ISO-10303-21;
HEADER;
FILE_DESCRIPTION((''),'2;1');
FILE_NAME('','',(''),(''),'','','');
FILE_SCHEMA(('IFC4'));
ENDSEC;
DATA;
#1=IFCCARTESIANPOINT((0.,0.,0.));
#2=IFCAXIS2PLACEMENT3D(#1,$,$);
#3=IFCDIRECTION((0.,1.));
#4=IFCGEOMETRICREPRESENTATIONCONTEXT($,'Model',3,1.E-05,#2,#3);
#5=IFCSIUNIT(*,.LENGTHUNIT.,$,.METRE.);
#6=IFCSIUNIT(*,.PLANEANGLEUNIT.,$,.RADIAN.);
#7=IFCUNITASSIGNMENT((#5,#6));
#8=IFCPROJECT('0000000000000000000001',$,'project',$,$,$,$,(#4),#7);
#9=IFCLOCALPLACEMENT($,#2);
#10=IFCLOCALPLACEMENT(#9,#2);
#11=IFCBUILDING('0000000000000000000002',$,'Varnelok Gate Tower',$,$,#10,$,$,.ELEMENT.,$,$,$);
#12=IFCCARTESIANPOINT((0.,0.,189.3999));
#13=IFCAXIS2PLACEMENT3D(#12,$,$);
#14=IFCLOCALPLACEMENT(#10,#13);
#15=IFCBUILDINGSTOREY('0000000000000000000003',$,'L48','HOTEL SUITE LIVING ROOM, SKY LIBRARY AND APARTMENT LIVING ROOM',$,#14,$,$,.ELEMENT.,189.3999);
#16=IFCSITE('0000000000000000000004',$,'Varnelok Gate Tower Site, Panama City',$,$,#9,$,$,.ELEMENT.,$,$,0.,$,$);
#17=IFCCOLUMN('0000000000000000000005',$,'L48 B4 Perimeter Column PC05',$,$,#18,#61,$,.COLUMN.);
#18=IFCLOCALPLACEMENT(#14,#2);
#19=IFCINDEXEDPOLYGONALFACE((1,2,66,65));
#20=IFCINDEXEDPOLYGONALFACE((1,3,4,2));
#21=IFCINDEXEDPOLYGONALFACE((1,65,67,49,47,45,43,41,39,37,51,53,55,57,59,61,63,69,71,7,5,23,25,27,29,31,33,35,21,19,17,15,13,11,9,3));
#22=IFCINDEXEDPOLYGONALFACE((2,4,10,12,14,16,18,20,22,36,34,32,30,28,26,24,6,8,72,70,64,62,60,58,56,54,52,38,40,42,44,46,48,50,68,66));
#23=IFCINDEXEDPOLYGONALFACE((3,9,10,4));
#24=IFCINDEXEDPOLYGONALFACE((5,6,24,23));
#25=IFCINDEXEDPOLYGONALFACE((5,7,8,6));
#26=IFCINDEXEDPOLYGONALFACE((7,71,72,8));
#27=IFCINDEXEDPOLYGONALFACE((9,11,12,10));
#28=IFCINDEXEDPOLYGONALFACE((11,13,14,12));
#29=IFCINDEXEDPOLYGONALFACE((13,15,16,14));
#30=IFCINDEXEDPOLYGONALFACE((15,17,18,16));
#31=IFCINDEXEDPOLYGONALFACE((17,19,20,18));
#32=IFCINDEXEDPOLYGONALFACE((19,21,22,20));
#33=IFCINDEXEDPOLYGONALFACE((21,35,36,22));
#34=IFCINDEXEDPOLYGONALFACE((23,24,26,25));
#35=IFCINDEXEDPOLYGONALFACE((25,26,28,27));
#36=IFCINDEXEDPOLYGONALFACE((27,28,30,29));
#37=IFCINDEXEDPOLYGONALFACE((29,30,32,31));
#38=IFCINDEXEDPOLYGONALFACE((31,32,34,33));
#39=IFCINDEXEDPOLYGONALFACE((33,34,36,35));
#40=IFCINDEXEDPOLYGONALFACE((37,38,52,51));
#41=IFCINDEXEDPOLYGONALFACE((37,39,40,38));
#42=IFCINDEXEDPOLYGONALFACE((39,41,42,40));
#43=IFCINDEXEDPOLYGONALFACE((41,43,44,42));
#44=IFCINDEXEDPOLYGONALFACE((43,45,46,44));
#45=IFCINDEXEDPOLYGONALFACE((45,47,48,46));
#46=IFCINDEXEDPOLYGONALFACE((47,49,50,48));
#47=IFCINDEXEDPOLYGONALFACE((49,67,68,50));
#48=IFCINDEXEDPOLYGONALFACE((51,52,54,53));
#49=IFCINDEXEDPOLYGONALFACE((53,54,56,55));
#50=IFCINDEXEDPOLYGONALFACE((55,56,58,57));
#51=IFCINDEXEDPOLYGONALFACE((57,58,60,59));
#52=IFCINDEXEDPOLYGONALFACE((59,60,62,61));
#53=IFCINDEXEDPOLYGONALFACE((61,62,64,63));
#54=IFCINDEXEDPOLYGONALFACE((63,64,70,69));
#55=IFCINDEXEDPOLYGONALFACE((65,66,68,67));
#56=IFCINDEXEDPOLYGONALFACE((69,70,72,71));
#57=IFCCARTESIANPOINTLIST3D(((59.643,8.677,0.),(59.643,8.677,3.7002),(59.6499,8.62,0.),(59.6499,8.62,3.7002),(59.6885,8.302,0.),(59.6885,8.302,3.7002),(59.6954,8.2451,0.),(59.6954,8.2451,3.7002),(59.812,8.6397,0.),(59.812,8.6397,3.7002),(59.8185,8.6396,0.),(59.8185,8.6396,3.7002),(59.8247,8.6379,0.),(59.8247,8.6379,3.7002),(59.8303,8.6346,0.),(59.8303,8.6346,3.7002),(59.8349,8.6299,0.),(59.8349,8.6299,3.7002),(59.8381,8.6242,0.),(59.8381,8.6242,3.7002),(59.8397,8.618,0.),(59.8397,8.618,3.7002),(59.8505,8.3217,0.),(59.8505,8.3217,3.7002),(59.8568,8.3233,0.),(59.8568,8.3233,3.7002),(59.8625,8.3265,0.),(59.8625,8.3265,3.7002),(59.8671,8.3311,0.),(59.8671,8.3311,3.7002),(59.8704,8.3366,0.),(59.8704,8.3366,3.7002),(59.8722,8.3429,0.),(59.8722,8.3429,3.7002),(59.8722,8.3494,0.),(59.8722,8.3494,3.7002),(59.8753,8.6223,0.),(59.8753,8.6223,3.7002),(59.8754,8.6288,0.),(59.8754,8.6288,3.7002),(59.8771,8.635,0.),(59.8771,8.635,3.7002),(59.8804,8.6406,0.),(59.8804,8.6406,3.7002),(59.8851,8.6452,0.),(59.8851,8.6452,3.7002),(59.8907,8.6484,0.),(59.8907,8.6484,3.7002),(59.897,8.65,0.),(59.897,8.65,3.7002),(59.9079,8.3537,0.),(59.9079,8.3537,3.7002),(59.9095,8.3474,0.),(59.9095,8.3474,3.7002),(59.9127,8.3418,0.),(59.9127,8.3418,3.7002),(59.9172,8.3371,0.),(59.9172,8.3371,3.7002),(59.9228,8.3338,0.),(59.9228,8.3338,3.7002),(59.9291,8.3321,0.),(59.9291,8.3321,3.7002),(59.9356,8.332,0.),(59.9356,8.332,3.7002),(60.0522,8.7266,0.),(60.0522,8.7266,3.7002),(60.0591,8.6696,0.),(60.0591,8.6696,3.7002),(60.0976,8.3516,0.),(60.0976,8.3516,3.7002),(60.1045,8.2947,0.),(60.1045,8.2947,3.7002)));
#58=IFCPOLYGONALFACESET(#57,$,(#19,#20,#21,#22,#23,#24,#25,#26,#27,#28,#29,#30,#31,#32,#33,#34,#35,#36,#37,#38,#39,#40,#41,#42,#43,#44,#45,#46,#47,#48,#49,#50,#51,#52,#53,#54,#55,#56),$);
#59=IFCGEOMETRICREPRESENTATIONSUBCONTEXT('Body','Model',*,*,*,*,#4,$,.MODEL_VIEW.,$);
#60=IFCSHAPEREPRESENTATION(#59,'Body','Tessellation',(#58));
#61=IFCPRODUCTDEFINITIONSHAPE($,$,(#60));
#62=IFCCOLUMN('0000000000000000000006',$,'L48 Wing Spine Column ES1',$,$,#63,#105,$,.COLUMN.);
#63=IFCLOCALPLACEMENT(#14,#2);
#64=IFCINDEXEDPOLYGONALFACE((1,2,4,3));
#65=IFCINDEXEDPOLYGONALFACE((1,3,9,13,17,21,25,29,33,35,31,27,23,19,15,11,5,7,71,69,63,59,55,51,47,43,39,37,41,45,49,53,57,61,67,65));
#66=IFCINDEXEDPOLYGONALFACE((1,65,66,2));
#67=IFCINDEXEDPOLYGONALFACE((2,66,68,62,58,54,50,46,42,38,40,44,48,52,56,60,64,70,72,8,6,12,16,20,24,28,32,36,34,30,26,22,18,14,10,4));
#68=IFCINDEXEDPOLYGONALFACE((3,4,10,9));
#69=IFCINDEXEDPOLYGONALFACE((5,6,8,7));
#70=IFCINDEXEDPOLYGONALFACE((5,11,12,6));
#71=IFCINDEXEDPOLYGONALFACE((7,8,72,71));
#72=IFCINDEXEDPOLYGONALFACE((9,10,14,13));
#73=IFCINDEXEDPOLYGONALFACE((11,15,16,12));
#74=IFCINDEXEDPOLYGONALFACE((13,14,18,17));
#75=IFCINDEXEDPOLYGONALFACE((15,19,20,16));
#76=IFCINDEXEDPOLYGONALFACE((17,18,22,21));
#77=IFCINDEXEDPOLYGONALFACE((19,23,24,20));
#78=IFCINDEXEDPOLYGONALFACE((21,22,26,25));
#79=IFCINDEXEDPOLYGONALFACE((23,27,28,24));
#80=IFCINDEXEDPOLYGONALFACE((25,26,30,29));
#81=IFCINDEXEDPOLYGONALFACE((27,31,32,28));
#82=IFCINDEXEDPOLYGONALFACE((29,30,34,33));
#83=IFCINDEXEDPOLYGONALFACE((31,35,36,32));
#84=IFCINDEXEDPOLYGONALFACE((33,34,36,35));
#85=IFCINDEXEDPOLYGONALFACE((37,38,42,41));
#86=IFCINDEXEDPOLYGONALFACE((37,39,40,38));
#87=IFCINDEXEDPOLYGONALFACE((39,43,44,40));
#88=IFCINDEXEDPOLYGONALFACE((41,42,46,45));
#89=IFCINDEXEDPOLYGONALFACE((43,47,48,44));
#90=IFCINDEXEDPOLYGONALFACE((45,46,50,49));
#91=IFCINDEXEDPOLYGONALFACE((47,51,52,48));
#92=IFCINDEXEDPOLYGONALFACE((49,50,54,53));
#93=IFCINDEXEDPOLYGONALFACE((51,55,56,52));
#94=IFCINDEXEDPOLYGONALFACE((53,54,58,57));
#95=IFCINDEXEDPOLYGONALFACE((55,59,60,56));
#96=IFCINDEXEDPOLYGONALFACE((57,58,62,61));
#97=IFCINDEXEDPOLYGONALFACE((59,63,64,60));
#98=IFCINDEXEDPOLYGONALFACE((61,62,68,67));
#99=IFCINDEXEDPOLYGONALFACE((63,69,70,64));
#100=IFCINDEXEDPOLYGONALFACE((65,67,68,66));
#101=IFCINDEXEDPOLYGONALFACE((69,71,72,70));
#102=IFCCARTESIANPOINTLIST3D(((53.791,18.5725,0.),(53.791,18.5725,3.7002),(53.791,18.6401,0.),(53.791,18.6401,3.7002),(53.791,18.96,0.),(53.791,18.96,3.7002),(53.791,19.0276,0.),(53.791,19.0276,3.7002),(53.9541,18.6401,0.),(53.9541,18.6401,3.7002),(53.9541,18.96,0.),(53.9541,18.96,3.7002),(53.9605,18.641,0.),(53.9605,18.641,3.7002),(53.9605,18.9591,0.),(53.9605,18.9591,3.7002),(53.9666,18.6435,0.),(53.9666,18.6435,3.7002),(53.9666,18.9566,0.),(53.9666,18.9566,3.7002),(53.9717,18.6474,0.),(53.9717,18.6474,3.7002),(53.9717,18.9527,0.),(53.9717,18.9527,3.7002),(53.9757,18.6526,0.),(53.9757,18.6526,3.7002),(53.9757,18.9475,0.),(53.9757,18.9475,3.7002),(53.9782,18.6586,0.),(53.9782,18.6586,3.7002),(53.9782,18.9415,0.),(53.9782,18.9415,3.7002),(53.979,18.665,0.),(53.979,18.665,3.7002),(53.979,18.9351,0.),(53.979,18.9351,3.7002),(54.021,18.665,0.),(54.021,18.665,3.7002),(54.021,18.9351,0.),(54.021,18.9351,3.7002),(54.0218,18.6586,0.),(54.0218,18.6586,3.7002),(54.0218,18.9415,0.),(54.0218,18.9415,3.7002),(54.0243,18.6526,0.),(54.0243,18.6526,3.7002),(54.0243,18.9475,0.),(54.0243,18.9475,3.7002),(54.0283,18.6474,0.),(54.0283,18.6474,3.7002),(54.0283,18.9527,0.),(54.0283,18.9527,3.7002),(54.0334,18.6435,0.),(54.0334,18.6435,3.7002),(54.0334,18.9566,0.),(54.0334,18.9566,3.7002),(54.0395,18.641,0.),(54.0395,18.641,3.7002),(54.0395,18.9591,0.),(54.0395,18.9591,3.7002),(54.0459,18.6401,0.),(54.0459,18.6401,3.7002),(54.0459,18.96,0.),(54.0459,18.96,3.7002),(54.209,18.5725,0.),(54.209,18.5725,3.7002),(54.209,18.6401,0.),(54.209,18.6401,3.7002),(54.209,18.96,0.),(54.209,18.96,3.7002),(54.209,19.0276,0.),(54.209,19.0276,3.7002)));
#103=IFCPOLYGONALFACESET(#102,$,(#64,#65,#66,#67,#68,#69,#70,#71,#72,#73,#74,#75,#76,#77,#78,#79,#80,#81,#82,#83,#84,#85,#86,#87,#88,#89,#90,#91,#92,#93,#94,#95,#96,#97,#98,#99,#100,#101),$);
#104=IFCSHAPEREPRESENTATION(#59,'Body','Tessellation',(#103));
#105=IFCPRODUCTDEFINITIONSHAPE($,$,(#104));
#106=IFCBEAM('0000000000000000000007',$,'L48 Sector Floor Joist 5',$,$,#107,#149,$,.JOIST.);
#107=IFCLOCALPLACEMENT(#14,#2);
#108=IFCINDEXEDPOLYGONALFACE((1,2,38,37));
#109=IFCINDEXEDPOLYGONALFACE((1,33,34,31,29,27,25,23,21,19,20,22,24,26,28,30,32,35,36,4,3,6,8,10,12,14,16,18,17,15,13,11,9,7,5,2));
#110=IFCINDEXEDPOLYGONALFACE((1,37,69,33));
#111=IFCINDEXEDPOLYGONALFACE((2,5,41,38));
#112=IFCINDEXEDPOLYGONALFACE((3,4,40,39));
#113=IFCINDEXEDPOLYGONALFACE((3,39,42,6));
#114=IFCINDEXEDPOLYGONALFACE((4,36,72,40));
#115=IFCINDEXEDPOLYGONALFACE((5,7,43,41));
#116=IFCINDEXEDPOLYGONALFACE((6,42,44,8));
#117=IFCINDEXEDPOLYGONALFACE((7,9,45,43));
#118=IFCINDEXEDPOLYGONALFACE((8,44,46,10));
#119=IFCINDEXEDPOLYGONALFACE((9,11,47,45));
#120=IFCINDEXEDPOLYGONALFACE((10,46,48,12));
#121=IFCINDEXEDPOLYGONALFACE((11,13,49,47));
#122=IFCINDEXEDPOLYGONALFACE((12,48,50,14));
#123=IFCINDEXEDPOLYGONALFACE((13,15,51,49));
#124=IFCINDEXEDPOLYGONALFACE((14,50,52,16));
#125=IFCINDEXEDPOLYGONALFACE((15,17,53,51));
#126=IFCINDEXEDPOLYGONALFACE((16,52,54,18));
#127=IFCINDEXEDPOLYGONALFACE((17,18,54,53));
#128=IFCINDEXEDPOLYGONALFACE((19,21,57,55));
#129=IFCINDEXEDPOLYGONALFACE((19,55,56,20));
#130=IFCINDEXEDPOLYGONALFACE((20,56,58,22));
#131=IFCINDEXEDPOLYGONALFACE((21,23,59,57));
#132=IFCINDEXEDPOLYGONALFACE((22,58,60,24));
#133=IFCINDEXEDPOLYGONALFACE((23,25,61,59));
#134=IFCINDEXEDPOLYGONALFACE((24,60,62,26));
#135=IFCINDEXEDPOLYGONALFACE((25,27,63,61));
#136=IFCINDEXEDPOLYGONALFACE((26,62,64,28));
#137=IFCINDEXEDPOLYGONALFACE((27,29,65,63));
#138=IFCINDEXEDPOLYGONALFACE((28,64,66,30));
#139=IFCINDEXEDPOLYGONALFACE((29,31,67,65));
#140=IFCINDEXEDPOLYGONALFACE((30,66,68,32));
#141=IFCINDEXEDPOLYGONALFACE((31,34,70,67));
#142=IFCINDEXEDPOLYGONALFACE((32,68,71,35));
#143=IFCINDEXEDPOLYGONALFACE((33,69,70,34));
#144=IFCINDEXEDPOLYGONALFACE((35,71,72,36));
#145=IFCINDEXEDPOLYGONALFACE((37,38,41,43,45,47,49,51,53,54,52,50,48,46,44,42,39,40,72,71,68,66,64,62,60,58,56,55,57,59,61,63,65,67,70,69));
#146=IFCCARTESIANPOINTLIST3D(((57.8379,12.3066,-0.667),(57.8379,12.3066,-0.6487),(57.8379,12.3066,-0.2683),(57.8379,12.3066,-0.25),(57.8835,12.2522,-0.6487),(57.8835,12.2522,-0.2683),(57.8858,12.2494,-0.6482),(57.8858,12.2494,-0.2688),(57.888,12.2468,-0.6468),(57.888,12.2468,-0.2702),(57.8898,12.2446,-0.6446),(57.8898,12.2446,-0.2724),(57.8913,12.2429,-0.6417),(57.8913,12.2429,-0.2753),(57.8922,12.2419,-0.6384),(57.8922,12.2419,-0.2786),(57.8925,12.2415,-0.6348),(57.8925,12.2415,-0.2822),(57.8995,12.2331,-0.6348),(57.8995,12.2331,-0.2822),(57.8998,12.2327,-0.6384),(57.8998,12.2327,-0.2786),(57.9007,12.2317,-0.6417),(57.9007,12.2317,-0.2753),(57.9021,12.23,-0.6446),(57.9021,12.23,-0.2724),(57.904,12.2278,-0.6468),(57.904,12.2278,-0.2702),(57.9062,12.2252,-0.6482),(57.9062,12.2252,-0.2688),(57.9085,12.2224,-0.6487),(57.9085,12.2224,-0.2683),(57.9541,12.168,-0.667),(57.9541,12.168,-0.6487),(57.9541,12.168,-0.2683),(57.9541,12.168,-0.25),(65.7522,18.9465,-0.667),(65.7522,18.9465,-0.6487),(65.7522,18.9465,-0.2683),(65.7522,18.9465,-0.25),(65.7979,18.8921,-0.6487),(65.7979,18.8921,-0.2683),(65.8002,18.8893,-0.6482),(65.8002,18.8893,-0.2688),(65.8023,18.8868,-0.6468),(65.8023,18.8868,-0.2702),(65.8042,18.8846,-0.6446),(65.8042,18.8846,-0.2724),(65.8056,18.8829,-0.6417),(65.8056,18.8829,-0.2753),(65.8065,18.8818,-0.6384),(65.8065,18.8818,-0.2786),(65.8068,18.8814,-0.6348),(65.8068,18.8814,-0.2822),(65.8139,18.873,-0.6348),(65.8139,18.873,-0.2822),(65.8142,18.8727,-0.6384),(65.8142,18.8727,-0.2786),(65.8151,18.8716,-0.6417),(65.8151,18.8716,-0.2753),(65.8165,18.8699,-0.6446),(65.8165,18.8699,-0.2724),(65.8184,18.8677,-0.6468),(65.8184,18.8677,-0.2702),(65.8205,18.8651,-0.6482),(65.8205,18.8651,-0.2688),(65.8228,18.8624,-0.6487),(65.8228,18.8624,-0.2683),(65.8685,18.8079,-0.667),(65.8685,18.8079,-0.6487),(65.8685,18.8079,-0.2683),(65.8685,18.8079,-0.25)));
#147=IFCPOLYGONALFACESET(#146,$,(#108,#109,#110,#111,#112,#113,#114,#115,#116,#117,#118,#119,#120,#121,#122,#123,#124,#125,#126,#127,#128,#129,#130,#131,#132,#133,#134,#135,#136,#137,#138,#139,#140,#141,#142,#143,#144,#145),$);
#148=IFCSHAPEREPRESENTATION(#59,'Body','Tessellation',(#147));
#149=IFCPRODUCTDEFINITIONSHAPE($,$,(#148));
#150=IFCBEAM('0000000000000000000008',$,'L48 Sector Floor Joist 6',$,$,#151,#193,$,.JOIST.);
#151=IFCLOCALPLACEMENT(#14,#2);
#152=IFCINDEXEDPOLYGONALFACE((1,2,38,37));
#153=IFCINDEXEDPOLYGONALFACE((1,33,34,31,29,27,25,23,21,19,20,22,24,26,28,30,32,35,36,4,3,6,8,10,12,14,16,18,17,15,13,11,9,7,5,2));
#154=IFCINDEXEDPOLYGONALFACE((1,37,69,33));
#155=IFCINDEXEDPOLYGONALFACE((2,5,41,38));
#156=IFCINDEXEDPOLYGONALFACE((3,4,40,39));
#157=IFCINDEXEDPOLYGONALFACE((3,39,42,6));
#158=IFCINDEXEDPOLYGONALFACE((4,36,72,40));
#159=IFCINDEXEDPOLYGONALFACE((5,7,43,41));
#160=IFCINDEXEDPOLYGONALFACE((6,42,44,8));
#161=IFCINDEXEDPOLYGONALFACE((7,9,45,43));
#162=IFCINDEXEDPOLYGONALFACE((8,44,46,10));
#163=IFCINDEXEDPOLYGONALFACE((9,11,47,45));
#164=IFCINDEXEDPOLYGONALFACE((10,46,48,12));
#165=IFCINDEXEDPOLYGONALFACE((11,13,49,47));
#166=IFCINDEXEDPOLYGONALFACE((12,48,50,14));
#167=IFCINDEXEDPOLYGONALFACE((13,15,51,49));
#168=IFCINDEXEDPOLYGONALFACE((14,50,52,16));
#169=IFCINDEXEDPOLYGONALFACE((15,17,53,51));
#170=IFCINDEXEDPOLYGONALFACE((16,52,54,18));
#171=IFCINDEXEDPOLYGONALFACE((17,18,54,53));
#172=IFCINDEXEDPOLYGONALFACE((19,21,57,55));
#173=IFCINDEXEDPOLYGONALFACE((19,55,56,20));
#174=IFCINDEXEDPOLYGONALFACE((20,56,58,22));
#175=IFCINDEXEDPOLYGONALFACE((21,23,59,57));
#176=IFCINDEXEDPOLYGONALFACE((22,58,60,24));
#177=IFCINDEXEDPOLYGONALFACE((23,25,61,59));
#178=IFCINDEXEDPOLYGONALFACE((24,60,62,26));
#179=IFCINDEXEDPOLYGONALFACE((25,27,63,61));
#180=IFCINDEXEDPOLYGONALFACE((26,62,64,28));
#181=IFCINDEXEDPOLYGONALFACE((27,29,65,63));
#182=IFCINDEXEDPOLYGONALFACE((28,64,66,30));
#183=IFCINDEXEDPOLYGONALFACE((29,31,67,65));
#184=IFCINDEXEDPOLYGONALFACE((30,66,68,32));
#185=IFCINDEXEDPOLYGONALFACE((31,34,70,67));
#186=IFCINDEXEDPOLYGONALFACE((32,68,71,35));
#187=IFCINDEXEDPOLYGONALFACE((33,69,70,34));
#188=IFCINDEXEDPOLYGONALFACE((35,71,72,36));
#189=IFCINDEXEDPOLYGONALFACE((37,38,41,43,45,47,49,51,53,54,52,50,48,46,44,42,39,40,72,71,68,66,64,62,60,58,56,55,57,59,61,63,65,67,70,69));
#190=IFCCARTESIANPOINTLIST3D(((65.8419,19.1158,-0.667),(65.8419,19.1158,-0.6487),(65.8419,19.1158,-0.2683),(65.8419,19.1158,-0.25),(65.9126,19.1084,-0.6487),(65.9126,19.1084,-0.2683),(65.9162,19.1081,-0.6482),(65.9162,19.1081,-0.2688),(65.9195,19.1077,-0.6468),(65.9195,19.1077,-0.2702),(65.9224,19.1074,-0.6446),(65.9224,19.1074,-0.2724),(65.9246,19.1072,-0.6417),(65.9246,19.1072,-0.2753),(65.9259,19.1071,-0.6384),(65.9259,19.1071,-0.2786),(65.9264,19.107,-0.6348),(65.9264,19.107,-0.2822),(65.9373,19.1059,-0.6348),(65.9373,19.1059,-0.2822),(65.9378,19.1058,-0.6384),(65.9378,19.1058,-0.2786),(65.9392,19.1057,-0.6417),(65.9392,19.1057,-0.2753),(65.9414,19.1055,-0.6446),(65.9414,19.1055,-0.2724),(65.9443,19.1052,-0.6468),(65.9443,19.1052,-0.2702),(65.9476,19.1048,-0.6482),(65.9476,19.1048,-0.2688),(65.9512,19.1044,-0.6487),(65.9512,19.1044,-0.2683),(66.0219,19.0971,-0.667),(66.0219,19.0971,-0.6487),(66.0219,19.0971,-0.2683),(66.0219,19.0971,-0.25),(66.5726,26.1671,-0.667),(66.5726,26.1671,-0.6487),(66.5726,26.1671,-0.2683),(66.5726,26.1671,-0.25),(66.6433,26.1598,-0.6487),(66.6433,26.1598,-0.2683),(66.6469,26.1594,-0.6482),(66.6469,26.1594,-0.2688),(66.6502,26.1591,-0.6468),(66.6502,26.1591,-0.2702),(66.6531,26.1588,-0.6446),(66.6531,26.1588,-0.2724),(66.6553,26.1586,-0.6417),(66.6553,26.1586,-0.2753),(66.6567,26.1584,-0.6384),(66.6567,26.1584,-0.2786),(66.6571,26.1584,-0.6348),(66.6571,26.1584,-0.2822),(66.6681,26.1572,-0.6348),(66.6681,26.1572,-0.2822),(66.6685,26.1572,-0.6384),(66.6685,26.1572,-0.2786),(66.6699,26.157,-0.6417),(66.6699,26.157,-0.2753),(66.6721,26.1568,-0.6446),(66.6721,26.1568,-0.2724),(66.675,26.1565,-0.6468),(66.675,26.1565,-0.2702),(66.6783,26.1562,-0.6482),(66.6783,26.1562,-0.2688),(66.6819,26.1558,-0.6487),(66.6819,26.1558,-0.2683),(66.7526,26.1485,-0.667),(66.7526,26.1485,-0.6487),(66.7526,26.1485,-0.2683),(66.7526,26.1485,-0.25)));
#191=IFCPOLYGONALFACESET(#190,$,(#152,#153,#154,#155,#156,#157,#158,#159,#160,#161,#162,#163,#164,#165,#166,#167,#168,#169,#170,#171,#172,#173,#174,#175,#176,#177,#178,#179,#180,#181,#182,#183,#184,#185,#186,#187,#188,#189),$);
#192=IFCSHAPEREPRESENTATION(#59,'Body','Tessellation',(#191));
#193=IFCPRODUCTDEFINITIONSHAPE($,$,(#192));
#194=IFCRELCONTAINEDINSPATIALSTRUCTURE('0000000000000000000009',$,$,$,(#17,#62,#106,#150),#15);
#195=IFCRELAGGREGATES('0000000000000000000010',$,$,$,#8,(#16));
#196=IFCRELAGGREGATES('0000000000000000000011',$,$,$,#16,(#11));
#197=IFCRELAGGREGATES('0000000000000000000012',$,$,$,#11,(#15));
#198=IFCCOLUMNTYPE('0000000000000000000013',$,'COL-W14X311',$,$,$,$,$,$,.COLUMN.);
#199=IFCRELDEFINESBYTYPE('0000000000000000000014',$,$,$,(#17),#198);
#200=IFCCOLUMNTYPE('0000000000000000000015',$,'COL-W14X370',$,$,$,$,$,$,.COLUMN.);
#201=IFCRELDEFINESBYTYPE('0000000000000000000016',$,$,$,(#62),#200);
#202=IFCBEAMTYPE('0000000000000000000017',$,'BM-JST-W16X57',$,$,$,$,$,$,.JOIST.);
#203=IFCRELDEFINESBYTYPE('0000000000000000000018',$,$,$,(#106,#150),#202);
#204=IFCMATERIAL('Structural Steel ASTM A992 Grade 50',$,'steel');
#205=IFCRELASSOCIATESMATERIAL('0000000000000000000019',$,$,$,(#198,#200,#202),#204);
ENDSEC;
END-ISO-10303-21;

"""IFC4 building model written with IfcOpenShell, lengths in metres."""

from ifc_helpers import new_model, si_unit, direction, frame, origin, origin_2d, place, context, subcontext, project, spatial, i_section, extrude, material, material_profile, profile_set, type_object, element, save


model = new_model("IFC4")

# Units and contexts
model_context = context("Model", 3, precision=1e-05, world=origin(), true_north=direction((0.0, 1.0)))
body_context = subcontext(model_context, "Body", "Model", "MODEL_VIEW")
ifc_project = project(units=[si_unit("LENGTHUNIT", "METRE"), si_unit("PLANEANGLEUNIT", "RADIAN")], contexts=[model_context])

# Site, building, storey
site_placement = place(None, origin())
site = spatial("IfcSite", under=ifc_project, at=site_placement, Name="Varnelok Gate Tower Site, Panama City", CompositionType="ELEMENT", RefElevation=0.0)
building_placement = place(site_placement, origin())
building = spatial("IfcBuilding", under=site, at=building_placement, Name="Varnelok Gate Tower", CompositionType="ELEMENT")
storey_placement = place(building_placement, frame((0.0, 0.0, 189.3999)))
storey = spatial("IfcBuildingStorey", under=building, at=storey_placement, Name="L48", Description="HOTEL SUITE LIVING ROOM, SKY LIBRARY AND APARTMENT LIVING ROOM", CompositionType="ELEMENT", Elevation=189.3999)

# Columns
ifc_material_1 = material(Name="Structural Steel ASTM A992 Grade 50", Category="steel")
ifc_material_profile_1 = material_profile(ifc_material_1, i_section(OverallWidth=0.4121, OverallDepth=0.4351, WebThickness=0.0359, FlangeThickness=0.0574, FilletRadius=0.0249, at=origin_2d()), Name="W14X311")
ifc_profile_set_1 = profile_set([ifc_material_profile_1], Name="Structural Steel ASTM A992 Grade 50")
column_type_1 = type_object("IfcColumnType", Name="COL-W14X311", PredefinedType="COLUMN", material=ifc_profile_set_1)
column_1_placement = place(storey_placement, frame((59.8738, 8.4858, 0.0), z_axis=(0.0, 0.0, 1.0), x_axis=(0.992732, 0.120345, 0.0)))
element("IfcColumn", 1, at=column_1_placement, inside=storey, type_object=column_type_1, Name="L48 B4 Perimeter Column PC05", PredefinedType="COLUMN", context=body_context, shape_type="SweptSolid", body=[
    extrude(i_section(OverallWidth=0.4121, OverallDepth=0.4351, WebThickness=0.0359, FlangeThickness=0.0574, FilletRadius=0.0249, at=origin_2d()), origin(), (0.0, 0.0, 1.0), 3.7002),
])
ifc_material_profile_2 = material_profile(ifc_material_1, i_section(OverallWidth=0.418, OverallDepth=0.4551, WebThickness=0.042, FlangeThickness=0.0676, FilletRadius=0.0249, at=origin_2d()), Name="W14X370")
ifc_profile_set_2 = profile_set([ifc_material_profile_2], Name="Structural Steel ASTM A992 Grade 50")
column_type_2 = type_object("IfcColumnType", Name="COL-W14X370", PredefinedType="COLUMN", material=ifc_profile_set_2)
column_2_placement = place(storey_placement, frame((54.0, 18.8, 0.0), z_axis=(0.0, 0.0, 1.0), x_axis=(1.0, 0.0, 0.0)))
element("IfcColumn", 2, at=column_2_placement, inside=storey, type_object=column_type_2, Name="L48 Wing Spine Column ES1", PredefinedType="COLUMN", context=body_context, shape_type="SweptSolid", body=[
    extrude(i_section(OverallWidth=0.418, OverallDepth=0.4551, WebThickness=0.042, FlangeThickness=0.0676, FilletRadius=0.0249, at=origin_2d()), origin(), (0.0, 0.0, 1.0), 3.7002),
])

# Beams
ifc_material_profile_3 = material_profile(ifc_material_1, i_section(OverallWidth=0.1809, OverallDepth=0.417, WebThickness=0.011, FlangeThickness=0.0183, FilletRadius=0.0139, at=origin_2d()), Name="W16X57")
ifc_profile_set_3 = profile_set([ifc_material_profile_3], Name="Structural Steel ASTM A992 Grade 50")
beam_type_1 = type_object("IfcBeamType", Name="BM-JST-W16X57", PredefinedType="JOIST", material=ifc_profile_set_3)
beam_1_placement = place(storey_placement, frame((57.896, 12.2373, -0.4585), z_axis=(0.766092, 0.642731, 0.0), x_axis=(-0.642731, 0.766092, 0.0)))
element("IfcBeam", 3, at=beam_1_placement, inside=storey, type_object=beam_type_1, Name="L48 Sector Floor Joist 5", PredefinedType="JOIST", context=body_context, shape_type="SweptSolid", body=[
    extrude(i_section(OverallWidth=0.1809, OverallDepth=0.417, WebThickness=0.011, FlangeThickness=0.0183, FilletRadius=0.0139, at=origin_2d()), origin(), (0.0, 0.0, 1.0), 10.3308),
])
beam_2_placement = place(storey_placement, frame((65.9319, 19.1064, -0.4585), z_axis=(0.103077, 0.994673, 0.0), x_axis=(-0.994673, 0.103077, 0.0)))
element("IfcBeam", 4, at=beam_2_placement, inside=storey, type_object=beam_type_1, Name="L48 Sector Floor Joist 6", PredefinedType="JOIST", context=body_context, shape_type="SweptSolid", body=[
    extrude(i_section(OverallWidth=0.1809, OverallDepth=0.417, WebThickness=0.011, FlangeThickness=0.0183, FilletRadius=0.0139, at=origin_2d()), origin(), (0.0, 0.0, 1.0), 7.0891),
])

save(model, "model.ifc")
